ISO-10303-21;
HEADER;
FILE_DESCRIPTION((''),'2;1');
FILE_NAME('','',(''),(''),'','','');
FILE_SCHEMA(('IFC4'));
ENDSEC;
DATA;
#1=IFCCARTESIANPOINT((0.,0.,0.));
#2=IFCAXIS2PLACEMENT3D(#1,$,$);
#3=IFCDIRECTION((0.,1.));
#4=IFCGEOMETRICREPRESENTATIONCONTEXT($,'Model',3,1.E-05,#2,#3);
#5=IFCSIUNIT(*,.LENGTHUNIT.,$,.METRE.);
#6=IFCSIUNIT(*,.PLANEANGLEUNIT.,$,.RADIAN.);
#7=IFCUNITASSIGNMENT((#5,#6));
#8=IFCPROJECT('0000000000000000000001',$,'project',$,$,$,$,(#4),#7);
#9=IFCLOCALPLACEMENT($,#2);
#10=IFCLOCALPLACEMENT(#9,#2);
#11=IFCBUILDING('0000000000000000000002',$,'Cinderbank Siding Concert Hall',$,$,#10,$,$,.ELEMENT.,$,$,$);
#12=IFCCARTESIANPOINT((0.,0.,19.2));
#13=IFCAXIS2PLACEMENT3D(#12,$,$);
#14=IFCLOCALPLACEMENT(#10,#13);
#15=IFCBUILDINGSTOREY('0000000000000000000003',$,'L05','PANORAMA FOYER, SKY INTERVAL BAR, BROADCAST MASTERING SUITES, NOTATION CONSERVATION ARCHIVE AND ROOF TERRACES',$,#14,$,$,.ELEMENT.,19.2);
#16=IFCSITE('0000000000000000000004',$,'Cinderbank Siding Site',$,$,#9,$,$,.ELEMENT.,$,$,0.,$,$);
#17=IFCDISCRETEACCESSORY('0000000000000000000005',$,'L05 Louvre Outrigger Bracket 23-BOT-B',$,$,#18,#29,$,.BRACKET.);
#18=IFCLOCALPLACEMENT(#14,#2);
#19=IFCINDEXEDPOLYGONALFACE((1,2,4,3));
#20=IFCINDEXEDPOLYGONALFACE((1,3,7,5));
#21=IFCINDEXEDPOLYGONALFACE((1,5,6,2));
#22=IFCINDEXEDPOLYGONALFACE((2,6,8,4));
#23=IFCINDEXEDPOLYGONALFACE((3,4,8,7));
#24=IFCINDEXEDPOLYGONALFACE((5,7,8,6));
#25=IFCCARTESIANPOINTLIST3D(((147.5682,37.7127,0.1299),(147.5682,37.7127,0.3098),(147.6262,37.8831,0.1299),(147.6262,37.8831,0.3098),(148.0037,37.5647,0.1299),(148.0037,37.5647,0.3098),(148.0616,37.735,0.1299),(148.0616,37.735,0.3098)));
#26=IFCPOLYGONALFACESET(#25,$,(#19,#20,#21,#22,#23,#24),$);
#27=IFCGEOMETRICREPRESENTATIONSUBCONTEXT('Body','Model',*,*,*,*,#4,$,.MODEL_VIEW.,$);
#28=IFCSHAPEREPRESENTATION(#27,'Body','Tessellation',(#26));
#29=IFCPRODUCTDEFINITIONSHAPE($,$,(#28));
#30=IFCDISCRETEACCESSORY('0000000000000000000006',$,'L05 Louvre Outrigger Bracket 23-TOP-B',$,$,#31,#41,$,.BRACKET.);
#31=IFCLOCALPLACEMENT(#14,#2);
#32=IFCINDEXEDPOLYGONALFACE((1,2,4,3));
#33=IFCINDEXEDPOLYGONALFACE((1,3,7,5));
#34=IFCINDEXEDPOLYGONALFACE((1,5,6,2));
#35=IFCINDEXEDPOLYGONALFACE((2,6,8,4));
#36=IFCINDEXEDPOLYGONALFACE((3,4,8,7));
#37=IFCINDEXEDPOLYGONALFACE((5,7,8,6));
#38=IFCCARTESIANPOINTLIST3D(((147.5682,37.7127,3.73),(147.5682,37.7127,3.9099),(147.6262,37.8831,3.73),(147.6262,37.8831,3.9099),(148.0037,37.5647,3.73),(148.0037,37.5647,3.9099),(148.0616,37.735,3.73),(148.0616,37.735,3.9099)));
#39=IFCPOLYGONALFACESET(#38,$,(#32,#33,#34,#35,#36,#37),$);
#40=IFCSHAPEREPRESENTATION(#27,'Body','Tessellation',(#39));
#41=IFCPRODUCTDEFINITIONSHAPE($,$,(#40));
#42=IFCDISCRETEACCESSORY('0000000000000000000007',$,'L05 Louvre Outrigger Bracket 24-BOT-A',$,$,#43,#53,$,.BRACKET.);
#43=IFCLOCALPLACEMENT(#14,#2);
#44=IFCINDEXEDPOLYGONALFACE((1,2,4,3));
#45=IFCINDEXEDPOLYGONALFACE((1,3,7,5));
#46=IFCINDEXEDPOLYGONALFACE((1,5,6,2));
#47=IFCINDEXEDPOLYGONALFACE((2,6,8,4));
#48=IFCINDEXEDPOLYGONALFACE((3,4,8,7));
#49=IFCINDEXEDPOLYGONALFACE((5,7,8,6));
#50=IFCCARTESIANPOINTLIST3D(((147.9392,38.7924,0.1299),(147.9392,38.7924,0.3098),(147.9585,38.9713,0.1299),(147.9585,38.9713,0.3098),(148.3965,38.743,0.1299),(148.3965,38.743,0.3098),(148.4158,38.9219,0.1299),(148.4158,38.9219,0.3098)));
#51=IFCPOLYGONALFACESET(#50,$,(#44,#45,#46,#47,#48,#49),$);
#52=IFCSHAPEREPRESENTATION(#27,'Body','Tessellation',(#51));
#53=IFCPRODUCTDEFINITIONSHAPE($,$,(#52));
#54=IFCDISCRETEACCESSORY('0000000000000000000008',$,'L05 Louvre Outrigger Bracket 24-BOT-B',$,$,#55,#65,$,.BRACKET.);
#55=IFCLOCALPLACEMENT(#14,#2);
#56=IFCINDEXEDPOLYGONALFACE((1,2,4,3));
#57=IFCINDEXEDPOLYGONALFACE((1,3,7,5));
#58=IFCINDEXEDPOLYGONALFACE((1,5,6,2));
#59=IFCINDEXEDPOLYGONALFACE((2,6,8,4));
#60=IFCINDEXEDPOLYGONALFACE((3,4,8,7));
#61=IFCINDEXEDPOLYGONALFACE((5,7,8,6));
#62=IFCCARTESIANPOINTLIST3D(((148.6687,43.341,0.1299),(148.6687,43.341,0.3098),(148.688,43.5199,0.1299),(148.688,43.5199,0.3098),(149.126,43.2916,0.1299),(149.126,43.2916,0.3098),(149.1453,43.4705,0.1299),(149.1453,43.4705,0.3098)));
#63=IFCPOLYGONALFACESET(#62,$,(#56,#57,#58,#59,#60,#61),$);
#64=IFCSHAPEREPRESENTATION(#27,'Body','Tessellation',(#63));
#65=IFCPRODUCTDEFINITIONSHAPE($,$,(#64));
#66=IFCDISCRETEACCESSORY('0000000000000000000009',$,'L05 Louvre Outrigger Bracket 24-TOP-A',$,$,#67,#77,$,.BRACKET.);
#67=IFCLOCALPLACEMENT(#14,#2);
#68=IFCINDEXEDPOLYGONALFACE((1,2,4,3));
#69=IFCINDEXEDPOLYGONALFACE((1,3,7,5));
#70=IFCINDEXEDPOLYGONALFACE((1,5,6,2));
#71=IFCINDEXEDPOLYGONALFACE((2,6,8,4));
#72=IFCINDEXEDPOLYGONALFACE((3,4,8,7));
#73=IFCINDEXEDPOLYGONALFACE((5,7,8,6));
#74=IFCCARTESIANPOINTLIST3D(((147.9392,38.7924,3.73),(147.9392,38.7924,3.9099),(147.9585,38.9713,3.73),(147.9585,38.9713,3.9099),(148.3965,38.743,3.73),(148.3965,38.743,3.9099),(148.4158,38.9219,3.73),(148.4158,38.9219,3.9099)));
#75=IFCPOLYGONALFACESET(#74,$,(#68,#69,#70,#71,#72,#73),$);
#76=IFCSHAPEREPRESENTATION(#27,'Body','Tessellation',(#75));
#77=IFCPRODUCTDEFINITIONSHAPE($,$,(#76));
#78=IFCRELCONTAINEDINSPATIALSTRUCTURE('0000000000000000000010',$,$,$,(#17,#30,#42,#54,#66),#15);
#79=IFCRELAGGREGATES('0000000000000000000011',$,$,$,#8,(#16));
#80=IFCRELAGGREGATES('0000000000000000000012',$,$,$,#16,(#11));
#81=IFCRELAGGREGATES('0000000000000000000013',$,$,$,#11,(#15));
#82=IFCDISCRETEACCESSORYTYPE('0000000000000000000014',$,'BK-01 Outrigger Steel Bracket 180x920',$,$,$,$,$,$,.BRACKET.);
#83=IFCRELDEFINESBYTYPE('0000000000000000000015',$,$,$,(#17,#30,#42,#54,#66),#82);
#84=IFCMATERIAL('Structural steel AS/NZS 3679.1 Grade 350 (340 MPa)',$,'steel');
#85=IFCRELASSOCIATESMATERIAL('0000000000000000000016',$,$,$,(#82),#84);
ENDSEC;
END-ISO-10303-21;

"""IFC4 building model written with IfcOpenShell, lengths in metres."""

from ifc_helpers import new_model, si_unit, direction, frame, origin, origin_2d, place, context, subcontext, project, spatial, rectangle, extrude, material, type_object, element, save


model = new_model("IFC4")

# Units and contexts
model_context = context("Model", 3, precision=1e-05, world=origin(), true_north=direction((0.0, 1.0)))
body_context = subcontext(model_context, "Body", "Model", "MODEL_VIEW")
ifc_project = project(units=[si_unit("LENGTHUNIT", "METRE"), si_unit("PLANEANGLEUNIT", "RADIAN")], contexts=[model_context])

# Site, building, storey
site_placement = place(None, origin())
site = spatial("IfcSite", under=ifc_project, at=site_placement, Name="Cinderbank Siding Site", CompositionType="ELEMENT", RefElevation=0.0)
building_placement = place(site_placement, origin())
building = spatial("IfcBuilding", under=site, at=building_placement, Name="Cinderbank Siding Concert Hall", CompositionType="ELEMENT")
storey_placement = place(building_placement, frame((0.0, 0.0, 19.2)))
storey = spatial("IfcBuildingStorey", under=building, at=storey_placement, Name="L05", Description="PANORAMA FOYER, SKY INTERVAL BAR, BROADCAST MASTERING SUITES, NOTATION CONSERVATION ARCHIVE AND ROOF TERRACES", CompositionType="ELEMENT", Elevation=19.2)

# Shared definitions
ifc_material_1 = material(Name="Structural steel AS/NZS 3679.1 Grade 350 (340 MPa)", Category="steel")

# Discrete accessories
discrete_accessory_type = type_object("IfcDiscreteAccessoryType", Name="BK-01 Outrigger Steel Bracket 180x920", PredefinedType="BRACKET", material=ifc_material_1)
for number, where, z_axis, x_axis, name in (
    (1, (147.8149, 37.7239, 0.1299), (0.0, 0.0, 1.0), (0.946765, -0.321924, 0.0), "L05 Louvre Outrigger Bracket 23-BOT-B"),
    (2, (147.8149, 37.7239, 3.73), (0.0, 0.0, 1.0), (0.946765, -0.321924, 0.0), "L05 Louvre Outrigger Bracket 23-TOP-B"),
    (3, (148.1775, 38.8572, 0.1299), (0.0, 0.0, 1.0), (0.994211, -0.107447, 0.0), "L05 Louvre Outrigger Bracket 24-BOT-A"),
    (4, (148.907, 43.4058, 0.1299), (0.0, 0.0, 1.0), (0.994211, -0.107447, 0.0), "L05 Louvre Outrigger Bracket 24-BOT-B"),
    (5, (148.1775, 38.8572, 3.73), (0.0, 0.0, 1.0), (0.994211, -0.107447, 0.0), "L05 Louvre Outrigger Bracket 24-TOP-A"),
):
    element("IfcDiscreteAccessory", number, at=place(storey_placement, frame(where, z_axis=z_axis, x_axis=x_axis)), inside=storey, type_object=discrete_accessory_type, Name=name, PredefinedType="BRACKET", context=body_context, shape_type="SweptSolid", body=[
        extrude(rectangle(XDim=0.46, YDim=0.1799, at=origin_2d()), origin(), (0.0, 0.0, 1.0), 0.1799),
    ])

save(model, "model.ifc")
